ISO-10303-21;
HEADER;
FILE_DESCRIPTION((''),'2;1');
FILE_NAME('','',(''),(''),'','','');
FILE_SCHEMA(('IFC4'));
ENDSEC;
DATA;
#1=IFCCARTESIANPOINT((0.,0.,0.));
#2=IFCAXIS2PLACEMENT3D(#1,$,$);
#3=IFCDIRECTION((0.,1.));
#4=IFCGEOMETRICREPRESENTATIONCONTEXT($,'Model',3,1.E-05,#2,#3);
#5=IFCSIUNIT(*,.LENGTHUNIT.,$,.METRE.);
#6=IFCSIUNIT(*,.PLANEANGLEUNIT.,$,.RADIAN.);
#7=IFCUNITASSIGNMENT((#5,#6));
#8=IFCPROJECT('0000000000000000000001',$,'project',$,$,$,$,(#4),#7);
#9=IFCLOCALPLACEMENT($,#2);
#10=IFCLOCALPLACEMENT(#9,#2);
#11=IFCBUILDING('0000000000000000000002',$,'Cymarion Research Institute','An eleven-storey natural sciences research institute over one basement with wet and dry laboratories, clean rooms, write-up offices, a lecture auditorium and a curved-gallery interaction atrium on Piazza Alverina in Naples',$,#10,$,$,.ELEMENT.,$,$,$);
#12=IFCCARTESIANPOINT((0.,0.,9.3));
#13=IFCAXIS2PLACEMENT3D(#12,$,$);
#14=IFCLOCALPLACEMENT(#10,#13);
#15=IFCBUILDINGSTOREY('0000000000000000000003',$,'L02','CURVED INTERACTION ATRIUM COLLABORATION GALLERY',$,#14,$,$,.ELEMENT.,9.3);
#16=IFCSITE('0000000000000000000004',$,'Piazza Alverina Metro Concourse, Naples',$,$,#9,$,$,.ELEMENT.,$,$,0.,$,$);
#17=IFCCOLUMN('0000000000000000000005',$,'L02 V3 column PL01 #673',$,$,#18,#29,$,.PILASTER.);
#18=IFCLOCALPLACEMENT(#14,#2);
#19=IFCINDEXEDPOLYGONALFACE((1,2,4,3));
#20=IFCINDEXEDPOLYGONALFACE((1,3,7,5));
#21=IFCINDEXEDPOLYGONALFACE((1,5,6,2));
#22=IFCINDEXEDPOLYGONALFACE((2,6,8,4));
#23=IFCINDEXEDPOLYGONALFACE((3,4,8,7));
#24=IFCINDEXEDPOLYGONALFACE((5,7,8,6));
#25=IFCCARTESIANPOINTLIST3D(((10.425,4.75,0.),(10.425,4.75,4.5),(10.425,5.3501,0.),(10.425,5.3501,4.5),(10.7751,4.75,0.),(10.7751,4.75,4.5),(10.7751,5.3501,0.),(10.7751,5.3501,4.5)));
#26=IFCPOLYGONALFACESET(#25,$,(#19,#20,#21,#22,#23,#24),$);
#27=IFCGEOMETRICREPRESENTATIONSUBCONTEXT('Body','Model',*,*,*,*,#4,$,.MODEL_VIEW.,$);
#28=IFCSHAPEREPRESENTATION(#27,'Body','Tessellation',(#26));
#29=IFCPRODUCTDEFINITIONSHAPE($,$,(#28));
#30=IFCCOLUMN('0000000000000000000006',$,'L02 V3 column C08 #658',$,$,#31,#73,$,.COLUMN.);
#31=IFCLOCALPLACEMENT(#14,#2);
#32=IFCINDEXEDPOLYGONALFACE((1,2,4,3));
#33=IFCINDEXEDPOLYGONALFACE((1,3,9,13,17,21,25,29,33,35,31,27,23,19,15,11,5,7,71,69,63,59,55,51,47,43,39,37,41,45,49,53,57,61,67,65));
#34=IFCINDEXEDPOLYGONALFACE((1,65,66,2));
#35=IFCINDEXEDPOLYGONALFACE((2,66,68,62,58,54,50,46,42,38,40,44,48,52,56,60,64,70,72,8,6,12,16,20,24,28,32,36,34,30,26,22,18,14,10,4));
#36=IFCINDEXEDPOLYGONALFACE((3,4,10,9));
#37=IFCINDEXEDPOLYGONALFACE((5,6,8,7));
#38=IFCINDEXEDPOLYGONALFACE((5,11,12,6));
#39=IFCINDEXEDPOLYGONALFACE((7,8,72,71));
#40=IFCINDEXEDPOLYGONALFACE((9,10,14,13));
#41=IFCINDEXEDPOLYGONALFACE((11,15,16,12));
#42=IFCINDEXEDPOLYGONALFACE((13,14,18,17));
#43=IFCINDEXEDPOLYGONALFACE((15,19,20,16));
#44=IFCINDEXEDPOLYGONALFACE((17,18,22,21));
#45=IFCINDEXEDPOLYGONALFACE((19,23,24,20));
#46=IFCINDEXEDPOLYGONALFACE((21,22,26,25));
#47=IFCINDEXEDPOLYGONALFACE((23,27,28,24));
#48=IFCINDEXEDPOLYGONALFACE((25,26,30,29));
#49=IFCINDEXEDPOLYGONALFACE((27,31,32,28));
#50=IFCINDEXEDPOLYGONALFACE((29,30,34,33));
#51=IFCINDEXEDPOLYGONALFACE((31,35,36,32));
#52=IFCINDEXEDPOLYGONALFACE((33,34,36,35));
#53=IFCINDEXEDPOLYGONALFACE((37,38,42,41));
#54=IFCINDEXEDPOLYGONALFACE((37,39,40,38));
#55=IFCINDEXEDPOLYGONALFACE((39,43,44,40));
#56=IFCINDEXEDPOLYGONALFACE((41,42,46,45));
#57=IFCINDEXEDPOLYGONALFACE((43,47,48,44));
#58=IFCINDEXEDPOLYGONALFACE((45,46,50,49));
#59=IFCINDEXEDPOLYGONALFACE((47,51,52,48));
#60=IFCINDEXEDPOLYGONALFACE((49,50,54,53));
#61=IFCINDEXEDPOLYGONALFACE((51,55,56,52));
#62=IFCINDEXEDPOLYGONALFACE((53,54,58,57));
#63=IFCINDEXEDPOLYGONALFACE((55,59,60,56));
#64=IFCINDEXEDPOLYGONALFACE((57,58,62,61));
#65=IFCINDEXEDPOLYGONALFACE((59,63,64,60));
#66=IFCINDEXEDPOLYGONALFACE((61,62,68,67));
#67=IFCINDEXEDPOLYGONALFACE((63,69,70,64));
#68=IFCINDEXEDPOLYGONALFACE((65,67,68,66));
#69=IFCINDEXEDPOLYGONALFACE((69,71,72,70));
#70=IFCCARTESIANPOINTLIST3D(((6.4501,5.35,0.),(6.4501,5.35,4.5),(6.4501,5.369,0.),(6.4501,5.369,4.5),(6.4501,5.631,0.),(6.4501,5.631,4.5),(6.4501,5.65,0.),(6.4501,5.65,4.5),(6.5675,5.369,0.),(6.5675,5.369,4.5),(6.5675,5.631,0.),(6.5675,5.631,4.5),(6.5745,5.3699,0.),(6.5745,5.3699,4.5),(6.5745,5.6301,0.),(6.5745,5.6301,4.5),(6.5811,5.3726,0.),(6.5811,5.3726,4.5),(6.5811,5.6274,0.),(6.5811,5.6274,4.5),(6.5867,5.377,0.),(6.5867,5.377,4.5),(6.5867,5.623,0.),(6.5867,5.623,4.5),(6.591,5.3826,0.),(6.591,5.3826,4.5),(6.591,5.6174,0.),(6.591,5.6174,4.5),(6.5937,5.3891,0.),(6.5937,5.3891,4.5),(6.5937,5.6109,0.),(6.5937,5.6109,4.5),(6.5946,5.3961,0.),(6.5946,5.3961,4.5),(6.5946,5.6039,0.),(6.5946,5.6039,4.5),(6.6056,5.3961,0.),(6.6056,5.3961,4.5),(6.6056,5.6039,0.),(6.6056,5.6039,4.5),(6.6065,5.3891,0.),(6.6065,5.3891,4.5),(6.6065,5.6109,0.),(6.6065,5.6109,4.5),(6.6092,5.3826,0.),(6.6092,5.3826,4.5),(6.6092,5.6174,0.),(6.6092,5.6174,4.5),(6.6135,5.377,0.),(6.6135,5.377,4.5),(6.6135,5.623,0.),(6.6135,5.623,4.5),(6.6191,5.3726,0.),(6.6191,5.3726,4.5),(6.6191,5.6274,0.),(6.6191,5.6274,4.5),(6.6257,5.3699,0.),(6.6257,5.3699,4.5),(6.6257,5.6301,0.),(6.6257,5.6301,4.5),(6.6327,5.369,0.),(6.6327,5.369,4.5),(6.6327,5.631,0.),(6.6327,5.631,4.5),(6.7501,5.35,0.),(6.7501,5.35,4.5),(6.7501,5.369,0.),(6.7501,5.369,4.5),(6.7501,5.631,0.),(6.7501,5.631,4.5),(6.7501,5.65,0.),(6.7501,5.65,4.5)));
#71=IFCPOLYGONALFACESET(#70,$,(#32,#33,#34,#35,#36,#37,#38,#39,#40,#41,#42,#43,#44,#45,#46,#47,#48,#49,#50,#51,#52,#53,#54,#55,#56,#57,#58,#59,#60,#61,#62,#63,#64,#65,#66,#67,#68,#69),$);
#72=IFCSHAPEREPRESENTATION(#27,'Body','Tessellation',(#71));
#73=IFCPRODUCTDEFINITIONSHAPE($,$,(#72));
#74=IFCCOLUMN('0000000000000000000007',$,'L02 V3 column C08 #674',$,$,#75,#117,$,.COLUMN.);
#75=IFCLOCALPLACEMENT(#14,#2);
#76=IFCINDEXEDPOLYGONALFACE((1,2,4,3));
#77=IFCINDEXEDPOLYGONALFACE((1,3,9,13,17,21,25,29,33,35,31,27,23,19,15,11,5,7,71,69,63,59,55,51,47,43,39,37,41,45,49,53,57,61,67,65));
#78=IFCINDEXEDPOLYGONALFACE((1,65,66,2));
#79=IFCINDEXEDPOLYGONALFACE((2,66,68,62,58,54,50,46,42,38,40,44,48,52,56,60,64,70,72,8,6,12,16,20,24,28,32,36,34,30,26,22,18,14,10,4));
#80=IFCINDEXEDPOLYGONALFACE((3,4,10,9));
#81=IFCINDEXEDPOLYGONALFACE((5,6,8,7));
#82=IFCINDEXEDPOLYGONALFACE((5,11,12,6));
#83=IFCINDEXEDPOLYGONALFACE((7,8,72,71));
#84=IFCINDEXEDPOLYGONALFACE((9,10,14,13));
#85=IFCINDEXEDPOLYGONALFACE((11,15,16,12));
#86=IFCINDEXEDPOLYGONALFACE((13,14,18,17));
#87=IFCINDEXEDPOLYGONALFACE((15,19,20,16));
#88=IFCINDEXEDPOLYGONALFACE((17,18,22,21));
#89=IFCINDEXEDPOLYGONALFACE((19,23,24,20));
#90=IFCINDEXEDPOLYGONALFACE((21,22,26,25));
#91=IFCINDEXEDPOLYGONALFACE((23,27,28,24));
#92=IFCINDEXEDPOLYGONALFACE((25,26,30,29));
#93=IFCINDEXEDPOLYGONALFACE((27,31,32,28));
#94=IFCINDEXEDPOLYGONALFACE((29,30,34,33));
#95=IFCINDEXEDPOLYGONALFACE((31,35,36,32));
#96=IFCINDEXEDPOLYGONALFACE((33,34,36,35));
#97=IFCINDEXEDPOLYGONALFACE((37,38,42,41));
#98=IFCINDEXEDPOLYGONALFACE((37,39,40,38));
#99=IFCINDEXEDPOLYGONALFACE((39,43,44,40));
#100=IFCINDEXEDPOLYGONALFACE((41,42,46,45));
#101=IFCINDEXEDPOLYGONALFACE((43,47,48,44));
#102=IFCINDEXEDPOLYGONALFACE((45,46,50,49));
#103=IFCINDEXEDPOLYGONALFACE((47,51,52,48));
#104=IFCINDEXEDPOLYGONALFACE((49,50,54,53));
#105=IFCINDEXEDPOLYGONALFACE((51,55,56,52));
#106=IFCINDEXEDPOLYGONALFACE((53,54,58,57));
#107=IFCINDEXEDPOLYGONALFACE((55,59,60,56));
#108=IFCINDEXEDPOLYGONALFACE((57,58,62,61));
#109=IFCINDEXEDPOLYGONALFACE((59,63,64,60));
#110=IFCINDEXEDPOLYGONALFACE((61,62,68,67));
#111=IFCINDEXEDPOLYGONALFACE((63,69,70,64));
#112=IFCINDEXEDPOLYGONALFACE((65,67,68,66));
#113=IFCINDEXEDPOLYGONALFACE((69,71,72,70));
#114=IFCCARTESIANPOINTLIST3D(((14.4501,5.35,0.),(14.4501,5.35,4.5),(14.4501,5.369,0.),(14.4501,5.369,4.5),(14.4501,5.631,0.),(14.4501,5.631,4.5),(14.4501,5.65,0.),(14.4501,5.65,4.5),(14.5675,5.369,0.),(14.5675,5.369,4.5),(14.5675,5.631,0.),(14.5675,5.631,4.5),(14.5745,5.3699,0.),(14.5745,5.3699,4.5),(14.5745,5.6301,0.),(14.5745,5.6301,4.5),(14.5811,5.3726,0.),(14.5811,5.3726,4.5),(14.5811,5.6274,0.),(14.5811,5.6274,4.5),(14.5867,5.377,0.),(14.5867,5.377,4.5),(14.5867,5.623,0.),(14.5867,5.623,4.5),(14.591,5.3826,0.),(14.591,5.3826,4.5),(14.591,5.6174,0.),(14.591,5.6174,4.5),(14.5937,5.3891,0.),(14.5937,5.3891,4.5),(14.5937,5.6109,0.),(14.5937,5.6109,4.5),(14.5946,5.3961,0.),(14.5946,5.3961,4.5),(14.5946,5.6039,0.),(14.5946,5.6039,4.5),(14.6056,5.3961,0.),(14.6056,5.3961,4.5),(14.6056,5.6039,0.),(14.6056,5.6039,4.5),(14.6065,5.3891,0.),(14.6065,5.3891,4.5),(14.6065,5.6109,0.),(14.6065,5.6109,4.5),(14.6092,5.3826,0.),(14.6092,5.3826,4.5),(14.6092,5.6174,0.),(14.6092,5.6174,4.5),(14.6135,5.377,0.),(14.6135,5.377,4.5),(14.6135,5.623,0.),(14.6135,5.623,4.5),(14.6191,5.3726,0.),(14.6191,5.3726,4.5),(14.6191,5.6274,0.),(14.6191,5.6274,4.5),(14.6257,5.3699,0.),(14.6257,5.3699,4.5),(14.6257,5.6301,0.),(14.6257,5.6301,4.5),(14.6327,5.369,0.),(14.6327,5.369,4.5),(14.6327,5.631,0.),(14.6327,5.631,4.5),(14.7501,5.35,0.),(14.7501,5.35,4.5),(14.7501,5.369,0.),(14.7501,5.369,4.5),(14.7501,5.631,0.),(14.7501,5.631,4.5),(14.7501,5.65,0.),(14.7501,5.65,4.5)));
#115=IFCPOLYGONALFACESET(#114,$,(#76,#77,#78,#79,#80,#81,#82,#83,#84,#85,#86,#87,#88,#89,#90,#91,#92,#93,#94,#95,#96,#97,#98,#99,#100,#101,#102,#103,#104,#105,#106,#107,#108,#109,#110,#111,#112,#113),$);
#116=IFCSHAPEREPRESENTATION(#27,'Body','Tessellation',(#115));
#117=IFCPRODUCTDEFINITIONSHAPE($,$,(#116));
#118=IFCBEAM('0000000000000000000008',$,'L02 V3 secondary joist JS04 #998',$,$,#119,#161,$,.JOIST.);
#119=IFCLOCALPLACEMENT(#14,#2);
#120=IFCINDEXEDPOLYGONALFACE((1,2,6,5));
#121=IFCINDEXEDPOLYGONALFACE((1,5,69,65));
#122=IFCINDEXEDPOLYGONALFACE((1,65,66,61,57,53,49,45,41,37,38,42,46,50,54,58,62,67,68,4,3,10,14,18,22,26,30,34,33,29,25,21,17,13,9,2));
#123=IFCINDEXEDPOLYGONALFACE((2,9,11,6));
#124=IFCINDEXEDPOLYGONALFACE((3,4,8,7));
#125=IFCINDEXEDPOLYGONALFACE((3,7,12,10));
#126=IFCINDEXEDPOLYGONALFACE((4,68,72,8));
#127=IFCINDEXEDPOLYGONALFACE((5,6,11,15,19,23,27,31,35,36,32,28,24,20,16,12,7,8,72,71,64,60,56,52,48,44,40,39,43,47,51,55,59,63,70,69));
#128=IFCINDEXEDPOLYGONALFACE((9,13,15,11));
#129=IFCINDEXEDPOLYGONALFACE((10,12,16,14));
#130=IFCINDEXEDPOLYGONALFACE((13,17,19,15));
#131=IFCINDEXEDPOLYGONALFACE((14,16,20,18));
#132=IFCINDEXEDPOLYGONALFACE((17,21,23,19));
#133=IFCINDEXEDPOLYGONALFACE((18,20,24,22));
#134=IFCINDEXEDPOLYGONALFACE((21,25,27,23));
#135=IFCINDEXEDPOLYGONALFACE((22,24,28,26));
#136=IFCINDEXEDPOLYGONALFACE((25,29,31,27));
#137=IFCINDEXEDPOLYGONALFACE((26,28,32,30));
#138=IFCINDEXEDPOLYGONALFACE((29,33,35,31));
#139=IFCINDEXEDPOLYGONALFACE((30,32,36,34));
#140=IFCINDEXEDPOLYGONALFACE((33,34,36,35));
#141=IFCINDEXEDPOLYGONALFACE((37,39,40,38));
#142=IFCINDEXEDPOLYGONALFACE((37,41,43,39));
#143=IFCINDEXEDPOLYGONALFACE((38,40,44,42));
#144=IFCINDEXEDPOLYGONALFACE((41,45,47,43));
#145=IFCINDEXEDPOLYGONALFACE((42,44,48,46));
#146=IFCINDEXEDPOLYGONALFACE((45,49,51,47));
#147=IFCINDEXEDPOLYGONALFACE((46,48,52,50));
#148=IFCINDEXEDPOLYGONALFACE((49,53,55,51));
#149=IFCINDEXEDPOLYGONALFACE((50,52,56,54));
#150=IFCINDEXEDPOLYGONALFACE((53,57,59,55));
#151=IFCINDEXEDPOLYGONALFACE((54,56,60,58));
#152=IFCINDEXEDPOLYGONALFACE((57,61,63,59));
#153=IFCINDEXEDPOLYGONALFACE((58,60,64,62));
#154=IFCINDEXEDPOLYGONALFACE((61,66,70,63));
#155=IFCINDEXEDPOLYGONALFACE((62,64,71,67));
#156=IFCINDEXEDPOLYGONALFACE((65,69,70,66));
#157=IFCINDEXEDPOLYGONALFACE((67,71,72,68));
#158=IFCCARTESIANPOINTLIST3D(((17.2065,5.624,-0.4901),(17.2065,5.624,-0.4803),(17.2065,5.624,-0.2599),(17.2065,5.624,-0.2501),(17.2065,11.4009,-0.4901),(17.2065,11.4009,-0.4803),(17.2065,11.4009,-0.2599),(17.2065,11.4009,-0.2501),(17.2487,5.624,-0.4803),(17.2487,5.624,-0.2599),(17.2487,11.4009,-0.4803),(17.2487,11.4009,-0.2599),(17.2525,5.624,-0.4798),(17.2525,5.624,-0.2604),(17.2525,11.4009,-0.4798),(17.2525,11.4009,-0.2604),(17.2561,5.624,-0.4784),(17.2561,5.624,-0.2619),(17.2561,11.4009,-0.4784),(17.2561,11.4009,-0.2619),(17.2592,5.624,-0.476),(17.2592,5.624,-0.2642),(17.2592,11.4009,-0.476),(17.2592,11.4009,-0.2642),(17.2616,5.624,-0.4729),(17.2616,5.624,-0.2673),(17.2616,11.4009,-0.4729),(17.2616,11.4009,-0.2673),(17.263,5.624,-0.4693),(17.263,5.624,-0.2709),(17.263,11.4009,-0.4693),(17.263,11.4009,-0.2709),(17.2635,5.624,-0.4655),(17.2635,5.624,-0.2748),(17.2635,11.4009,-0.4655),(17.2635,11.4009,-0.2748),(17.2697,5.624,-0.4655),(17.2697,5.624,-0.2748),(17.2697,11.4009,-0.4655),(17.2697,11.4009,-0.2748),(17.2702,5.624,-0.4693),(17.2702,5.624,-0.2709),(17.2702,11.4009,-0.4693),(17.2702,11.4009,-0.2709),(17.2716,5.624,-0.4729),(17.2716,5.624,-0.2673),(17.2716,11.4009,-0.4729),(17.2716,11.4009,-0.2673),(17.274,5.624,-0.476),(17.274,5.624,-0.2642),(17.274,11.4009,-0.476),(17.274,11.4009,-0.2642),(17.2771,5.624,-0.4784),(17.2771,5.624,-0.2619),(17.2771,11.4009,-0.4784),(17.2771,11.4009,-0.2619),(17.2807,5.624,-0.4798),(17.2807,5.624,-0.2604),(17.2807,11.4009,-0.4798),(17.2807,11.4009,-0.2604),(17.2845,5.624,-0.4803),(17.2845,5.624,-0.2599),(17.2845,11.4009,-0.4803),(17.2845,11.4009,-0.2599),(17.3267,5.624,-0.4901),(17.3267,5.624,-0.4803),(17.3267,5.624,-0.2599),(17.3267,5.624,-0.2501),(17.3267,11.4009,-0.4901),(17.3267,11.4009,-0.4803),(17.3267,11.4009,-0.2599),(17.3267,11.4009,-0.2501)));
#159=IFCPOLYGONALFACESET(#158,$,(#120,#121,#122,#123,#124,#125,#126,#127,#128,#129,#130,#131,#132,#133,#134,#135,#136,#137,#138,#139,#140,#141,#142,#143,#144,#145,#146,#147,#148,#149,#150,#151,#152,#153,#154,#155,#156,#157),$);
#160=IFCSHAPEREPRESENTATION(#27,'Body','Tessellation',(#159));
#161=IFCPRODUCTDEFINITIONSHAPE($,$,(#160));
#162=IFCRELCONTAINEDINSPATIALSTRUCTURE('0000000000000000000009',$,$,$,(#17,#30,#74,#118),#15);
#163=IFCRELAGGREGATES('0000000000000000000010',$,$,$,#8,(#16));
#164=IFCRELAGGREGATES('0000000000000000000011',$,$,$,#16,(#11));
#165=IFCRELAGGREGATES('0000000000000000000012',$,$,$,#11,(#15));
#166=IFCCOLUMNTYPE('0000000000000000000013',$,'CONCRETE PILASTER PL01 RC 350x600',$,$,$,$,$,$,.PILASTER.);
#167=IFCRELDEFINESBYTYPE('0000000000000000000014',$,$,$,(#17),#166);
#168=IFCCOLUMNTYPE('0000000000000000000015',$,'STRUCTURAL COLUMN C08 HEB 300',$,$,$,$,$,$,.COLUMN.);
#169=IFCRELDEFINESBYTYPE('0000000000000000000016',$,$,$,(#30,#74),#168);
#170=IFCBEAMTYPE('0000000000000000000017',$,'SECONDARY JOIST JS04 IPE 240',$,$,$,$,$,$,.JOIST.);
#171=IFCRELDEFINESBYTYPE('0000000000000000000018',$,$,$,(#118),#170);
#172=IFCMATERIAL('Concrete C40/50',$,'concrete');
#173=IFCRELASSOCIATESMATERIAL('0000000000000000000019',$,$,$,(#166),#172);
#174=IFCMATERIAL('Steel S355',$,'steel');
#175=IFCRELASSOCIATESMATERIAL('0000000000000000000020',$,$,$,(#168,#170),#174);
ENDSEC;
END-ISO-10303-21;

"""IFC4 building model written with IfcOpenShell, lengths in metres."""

from ifc_helpers import new_model, si_unit, direction, frame, origin, origin_2d, place, context, subcontext, project, spatial, rectangle, i_section, extrude, material, material_profile, profile_set, type_object, element, save


model = new_model("IFC4")

# Units and contexts
model_context = context("Model", 3, precision=1e-05, world=origin(), true_north=direction((0.0, 1.0)))
body_context = subcontext(model_context, "Body", "Model", "MODEL_VIEW")
ifc_project = project(units=[si_unit("LENGTHUNIT", "METRE"), si_unit("PLANEANGLEUNIT", "RADIAN")], contexts=[model_context])

# Site, building, storey
site_placement = place(None, origin())
site = spatial("IfcSite", under=ifc_project, at=site_placement, Name="Piazza Alverina Metro Concourse, Naples", CompositionType="ELEMENT", RefElevation=0.0)
building_placement = place(site_placement, origin())
building = spatial("IfcBuilding", under=site, at=building_placement, Name="Cymarion Research Institute", Description="An eleven-storey natural sciences research institute over one basement with wet and dry laboratories, clean rooms, write-up offices, a lecture auditorium and a curved-gallery interaction atrium on Piazza Alverina in Naples", CompositionType="ELEMENT")
storey_placement = place(building_placement, frame((0.0, 0.0, 9.3)))
storey = spatial("IfcBuildingStorey", under=building, at=storey_placement, Name="L02", Description="CURVED INTERACTION ATRIUM COLLABORATION GALLERY", CompositionType="ELEMENT", Elevation=9.3)

# Columns
ifc_material_1 = material(Name="Concrete C40/50", Category="concrete")
ifc_material_profile_1 = material_profile(ifc_material_1, rectangle(XDim=0.3501, YDim=0.6001, at=origin_2d()), Name="RC 350x600")
ifc_profile_set_1 = profile_set([ifc_material_profile_1], Name="Concrete C40/50")
column_type_1 = type_object("IfcColumnType", Name="CONCRETE PILASTER PL01 RC 350x600", PredefinedType="PILASTER", material=ifc_profile_set_1)
column_placement = place(storey_placement, frame((10.6001, 5.05, 0.0), z_axis=(0.0, 0.0, 1.0), x_axis=(1.0, 0.0, 0.0)))
element("IfcColumn", 1, at=column_placement, inside=storey, type_object=column_type_1, Name="L02 V3 column PL01 #673", PredefinedType="PILASTER", context=body_context, shape_type="SweptSolid", body=[
    extrude(rectangle(XDim=0.3501, YDim=0.6001, at=origin_2d()), origin(), (0.0, 0.0, 1.0), 4.5),
])
ifc_material_2 = material(Name="Steel S355", Category="steel")
ifc_material_profile_2 = material_profile(ifc_material_2, i_section(OverallWidth=0.3, OverallDepth=0.3, WebThickness=0.011, FlangeThickness=0.019, FilletRadius=0.0271, at=origin_2d()), Name="HEB 300")
ifc_profile_set_2 = profile_set([ifc_material_profile_2], Name="Steel S355")
column_type_2 = type_object("IfcColumnType", Name="STRUCTURAL COLUMN C08 HEB 300", PredefinedType="COLUMN", material=ifc_profile_set_2)
for number, where, z_axis, x_axis, name in (
    (2, (6.6001, 5.5, 0.0), (0.0, 0.0, 1.0), (1.0, 0.0, 0.0), "L02 V3 column C08 #658"),
    (3, (14.6001, 5.5, 0.0), (0.0, 0.0, 1.0), (1.0, 0.0, 0.0), "L02 V3 column C08 #674"),
):
    element("IfcColumn", number, at=place(storey_placement, frame(where, z_axis=z_axis, x_axis=x_axis)), inside=storey, type_object=column_type_2, Name=name, PredefinedType="COLUMN", context=body_context, shape_type="SweptSolid", body=[
        extrude(i_section(OverallWidth=0.3, OverallDepth=0.3, WebThickness=0.011, FlangeThickness=0.019, FilletRadius=0.0271, at=origin_2d()), origin(), (0.0, 0.0, 1.0), 4.5),
    ])

# Beam
ifc_material_profile_3 = material_profile(ifc_material_2, i_section(OverallWidth=0.1201, OverallDepth=0.24, WebThickness=0.0061, FlangeThickness=0.0098, FilletRadius=0.0149, at=origin_2d()), Name="IPE 240")
ifc_profile_set_3 = profile_set([ifc_material_profile_3], Name="Steel S355")
beam_type_1 = type_object("IfcBeamType", Name="SECONDARY JOIST JS04 IPE 240", PredefinedType="JOIST", material=ifc_profile_set_3)
beam_1_placement = place(storey_placement, frame((17.2666, 5.624, -0.3701), z_axis=(0.0, 1.0, 0.0), x_axis=(-1.0, 0.0, 0.0)))
element("IfcBeam", 4, at=beam_1_placement, inside=storey, type_object=beam_type_1, Name="L02 V3 secondary joist JS04 #998", PredefinedType="JOIST", context=body_context, shape_type="SweptSolid", body=[
    extrude(i_section(OverallWidth=0.1201, OverallDepth=0.24, WebThickness=0.0061, FlangeThickness=0.0098, FilletRadius=0.0149, at=origin_2d()), origin(), (0.0, 0.0, 1.0), 5.7769),
])

save(model, "model.ifc")
